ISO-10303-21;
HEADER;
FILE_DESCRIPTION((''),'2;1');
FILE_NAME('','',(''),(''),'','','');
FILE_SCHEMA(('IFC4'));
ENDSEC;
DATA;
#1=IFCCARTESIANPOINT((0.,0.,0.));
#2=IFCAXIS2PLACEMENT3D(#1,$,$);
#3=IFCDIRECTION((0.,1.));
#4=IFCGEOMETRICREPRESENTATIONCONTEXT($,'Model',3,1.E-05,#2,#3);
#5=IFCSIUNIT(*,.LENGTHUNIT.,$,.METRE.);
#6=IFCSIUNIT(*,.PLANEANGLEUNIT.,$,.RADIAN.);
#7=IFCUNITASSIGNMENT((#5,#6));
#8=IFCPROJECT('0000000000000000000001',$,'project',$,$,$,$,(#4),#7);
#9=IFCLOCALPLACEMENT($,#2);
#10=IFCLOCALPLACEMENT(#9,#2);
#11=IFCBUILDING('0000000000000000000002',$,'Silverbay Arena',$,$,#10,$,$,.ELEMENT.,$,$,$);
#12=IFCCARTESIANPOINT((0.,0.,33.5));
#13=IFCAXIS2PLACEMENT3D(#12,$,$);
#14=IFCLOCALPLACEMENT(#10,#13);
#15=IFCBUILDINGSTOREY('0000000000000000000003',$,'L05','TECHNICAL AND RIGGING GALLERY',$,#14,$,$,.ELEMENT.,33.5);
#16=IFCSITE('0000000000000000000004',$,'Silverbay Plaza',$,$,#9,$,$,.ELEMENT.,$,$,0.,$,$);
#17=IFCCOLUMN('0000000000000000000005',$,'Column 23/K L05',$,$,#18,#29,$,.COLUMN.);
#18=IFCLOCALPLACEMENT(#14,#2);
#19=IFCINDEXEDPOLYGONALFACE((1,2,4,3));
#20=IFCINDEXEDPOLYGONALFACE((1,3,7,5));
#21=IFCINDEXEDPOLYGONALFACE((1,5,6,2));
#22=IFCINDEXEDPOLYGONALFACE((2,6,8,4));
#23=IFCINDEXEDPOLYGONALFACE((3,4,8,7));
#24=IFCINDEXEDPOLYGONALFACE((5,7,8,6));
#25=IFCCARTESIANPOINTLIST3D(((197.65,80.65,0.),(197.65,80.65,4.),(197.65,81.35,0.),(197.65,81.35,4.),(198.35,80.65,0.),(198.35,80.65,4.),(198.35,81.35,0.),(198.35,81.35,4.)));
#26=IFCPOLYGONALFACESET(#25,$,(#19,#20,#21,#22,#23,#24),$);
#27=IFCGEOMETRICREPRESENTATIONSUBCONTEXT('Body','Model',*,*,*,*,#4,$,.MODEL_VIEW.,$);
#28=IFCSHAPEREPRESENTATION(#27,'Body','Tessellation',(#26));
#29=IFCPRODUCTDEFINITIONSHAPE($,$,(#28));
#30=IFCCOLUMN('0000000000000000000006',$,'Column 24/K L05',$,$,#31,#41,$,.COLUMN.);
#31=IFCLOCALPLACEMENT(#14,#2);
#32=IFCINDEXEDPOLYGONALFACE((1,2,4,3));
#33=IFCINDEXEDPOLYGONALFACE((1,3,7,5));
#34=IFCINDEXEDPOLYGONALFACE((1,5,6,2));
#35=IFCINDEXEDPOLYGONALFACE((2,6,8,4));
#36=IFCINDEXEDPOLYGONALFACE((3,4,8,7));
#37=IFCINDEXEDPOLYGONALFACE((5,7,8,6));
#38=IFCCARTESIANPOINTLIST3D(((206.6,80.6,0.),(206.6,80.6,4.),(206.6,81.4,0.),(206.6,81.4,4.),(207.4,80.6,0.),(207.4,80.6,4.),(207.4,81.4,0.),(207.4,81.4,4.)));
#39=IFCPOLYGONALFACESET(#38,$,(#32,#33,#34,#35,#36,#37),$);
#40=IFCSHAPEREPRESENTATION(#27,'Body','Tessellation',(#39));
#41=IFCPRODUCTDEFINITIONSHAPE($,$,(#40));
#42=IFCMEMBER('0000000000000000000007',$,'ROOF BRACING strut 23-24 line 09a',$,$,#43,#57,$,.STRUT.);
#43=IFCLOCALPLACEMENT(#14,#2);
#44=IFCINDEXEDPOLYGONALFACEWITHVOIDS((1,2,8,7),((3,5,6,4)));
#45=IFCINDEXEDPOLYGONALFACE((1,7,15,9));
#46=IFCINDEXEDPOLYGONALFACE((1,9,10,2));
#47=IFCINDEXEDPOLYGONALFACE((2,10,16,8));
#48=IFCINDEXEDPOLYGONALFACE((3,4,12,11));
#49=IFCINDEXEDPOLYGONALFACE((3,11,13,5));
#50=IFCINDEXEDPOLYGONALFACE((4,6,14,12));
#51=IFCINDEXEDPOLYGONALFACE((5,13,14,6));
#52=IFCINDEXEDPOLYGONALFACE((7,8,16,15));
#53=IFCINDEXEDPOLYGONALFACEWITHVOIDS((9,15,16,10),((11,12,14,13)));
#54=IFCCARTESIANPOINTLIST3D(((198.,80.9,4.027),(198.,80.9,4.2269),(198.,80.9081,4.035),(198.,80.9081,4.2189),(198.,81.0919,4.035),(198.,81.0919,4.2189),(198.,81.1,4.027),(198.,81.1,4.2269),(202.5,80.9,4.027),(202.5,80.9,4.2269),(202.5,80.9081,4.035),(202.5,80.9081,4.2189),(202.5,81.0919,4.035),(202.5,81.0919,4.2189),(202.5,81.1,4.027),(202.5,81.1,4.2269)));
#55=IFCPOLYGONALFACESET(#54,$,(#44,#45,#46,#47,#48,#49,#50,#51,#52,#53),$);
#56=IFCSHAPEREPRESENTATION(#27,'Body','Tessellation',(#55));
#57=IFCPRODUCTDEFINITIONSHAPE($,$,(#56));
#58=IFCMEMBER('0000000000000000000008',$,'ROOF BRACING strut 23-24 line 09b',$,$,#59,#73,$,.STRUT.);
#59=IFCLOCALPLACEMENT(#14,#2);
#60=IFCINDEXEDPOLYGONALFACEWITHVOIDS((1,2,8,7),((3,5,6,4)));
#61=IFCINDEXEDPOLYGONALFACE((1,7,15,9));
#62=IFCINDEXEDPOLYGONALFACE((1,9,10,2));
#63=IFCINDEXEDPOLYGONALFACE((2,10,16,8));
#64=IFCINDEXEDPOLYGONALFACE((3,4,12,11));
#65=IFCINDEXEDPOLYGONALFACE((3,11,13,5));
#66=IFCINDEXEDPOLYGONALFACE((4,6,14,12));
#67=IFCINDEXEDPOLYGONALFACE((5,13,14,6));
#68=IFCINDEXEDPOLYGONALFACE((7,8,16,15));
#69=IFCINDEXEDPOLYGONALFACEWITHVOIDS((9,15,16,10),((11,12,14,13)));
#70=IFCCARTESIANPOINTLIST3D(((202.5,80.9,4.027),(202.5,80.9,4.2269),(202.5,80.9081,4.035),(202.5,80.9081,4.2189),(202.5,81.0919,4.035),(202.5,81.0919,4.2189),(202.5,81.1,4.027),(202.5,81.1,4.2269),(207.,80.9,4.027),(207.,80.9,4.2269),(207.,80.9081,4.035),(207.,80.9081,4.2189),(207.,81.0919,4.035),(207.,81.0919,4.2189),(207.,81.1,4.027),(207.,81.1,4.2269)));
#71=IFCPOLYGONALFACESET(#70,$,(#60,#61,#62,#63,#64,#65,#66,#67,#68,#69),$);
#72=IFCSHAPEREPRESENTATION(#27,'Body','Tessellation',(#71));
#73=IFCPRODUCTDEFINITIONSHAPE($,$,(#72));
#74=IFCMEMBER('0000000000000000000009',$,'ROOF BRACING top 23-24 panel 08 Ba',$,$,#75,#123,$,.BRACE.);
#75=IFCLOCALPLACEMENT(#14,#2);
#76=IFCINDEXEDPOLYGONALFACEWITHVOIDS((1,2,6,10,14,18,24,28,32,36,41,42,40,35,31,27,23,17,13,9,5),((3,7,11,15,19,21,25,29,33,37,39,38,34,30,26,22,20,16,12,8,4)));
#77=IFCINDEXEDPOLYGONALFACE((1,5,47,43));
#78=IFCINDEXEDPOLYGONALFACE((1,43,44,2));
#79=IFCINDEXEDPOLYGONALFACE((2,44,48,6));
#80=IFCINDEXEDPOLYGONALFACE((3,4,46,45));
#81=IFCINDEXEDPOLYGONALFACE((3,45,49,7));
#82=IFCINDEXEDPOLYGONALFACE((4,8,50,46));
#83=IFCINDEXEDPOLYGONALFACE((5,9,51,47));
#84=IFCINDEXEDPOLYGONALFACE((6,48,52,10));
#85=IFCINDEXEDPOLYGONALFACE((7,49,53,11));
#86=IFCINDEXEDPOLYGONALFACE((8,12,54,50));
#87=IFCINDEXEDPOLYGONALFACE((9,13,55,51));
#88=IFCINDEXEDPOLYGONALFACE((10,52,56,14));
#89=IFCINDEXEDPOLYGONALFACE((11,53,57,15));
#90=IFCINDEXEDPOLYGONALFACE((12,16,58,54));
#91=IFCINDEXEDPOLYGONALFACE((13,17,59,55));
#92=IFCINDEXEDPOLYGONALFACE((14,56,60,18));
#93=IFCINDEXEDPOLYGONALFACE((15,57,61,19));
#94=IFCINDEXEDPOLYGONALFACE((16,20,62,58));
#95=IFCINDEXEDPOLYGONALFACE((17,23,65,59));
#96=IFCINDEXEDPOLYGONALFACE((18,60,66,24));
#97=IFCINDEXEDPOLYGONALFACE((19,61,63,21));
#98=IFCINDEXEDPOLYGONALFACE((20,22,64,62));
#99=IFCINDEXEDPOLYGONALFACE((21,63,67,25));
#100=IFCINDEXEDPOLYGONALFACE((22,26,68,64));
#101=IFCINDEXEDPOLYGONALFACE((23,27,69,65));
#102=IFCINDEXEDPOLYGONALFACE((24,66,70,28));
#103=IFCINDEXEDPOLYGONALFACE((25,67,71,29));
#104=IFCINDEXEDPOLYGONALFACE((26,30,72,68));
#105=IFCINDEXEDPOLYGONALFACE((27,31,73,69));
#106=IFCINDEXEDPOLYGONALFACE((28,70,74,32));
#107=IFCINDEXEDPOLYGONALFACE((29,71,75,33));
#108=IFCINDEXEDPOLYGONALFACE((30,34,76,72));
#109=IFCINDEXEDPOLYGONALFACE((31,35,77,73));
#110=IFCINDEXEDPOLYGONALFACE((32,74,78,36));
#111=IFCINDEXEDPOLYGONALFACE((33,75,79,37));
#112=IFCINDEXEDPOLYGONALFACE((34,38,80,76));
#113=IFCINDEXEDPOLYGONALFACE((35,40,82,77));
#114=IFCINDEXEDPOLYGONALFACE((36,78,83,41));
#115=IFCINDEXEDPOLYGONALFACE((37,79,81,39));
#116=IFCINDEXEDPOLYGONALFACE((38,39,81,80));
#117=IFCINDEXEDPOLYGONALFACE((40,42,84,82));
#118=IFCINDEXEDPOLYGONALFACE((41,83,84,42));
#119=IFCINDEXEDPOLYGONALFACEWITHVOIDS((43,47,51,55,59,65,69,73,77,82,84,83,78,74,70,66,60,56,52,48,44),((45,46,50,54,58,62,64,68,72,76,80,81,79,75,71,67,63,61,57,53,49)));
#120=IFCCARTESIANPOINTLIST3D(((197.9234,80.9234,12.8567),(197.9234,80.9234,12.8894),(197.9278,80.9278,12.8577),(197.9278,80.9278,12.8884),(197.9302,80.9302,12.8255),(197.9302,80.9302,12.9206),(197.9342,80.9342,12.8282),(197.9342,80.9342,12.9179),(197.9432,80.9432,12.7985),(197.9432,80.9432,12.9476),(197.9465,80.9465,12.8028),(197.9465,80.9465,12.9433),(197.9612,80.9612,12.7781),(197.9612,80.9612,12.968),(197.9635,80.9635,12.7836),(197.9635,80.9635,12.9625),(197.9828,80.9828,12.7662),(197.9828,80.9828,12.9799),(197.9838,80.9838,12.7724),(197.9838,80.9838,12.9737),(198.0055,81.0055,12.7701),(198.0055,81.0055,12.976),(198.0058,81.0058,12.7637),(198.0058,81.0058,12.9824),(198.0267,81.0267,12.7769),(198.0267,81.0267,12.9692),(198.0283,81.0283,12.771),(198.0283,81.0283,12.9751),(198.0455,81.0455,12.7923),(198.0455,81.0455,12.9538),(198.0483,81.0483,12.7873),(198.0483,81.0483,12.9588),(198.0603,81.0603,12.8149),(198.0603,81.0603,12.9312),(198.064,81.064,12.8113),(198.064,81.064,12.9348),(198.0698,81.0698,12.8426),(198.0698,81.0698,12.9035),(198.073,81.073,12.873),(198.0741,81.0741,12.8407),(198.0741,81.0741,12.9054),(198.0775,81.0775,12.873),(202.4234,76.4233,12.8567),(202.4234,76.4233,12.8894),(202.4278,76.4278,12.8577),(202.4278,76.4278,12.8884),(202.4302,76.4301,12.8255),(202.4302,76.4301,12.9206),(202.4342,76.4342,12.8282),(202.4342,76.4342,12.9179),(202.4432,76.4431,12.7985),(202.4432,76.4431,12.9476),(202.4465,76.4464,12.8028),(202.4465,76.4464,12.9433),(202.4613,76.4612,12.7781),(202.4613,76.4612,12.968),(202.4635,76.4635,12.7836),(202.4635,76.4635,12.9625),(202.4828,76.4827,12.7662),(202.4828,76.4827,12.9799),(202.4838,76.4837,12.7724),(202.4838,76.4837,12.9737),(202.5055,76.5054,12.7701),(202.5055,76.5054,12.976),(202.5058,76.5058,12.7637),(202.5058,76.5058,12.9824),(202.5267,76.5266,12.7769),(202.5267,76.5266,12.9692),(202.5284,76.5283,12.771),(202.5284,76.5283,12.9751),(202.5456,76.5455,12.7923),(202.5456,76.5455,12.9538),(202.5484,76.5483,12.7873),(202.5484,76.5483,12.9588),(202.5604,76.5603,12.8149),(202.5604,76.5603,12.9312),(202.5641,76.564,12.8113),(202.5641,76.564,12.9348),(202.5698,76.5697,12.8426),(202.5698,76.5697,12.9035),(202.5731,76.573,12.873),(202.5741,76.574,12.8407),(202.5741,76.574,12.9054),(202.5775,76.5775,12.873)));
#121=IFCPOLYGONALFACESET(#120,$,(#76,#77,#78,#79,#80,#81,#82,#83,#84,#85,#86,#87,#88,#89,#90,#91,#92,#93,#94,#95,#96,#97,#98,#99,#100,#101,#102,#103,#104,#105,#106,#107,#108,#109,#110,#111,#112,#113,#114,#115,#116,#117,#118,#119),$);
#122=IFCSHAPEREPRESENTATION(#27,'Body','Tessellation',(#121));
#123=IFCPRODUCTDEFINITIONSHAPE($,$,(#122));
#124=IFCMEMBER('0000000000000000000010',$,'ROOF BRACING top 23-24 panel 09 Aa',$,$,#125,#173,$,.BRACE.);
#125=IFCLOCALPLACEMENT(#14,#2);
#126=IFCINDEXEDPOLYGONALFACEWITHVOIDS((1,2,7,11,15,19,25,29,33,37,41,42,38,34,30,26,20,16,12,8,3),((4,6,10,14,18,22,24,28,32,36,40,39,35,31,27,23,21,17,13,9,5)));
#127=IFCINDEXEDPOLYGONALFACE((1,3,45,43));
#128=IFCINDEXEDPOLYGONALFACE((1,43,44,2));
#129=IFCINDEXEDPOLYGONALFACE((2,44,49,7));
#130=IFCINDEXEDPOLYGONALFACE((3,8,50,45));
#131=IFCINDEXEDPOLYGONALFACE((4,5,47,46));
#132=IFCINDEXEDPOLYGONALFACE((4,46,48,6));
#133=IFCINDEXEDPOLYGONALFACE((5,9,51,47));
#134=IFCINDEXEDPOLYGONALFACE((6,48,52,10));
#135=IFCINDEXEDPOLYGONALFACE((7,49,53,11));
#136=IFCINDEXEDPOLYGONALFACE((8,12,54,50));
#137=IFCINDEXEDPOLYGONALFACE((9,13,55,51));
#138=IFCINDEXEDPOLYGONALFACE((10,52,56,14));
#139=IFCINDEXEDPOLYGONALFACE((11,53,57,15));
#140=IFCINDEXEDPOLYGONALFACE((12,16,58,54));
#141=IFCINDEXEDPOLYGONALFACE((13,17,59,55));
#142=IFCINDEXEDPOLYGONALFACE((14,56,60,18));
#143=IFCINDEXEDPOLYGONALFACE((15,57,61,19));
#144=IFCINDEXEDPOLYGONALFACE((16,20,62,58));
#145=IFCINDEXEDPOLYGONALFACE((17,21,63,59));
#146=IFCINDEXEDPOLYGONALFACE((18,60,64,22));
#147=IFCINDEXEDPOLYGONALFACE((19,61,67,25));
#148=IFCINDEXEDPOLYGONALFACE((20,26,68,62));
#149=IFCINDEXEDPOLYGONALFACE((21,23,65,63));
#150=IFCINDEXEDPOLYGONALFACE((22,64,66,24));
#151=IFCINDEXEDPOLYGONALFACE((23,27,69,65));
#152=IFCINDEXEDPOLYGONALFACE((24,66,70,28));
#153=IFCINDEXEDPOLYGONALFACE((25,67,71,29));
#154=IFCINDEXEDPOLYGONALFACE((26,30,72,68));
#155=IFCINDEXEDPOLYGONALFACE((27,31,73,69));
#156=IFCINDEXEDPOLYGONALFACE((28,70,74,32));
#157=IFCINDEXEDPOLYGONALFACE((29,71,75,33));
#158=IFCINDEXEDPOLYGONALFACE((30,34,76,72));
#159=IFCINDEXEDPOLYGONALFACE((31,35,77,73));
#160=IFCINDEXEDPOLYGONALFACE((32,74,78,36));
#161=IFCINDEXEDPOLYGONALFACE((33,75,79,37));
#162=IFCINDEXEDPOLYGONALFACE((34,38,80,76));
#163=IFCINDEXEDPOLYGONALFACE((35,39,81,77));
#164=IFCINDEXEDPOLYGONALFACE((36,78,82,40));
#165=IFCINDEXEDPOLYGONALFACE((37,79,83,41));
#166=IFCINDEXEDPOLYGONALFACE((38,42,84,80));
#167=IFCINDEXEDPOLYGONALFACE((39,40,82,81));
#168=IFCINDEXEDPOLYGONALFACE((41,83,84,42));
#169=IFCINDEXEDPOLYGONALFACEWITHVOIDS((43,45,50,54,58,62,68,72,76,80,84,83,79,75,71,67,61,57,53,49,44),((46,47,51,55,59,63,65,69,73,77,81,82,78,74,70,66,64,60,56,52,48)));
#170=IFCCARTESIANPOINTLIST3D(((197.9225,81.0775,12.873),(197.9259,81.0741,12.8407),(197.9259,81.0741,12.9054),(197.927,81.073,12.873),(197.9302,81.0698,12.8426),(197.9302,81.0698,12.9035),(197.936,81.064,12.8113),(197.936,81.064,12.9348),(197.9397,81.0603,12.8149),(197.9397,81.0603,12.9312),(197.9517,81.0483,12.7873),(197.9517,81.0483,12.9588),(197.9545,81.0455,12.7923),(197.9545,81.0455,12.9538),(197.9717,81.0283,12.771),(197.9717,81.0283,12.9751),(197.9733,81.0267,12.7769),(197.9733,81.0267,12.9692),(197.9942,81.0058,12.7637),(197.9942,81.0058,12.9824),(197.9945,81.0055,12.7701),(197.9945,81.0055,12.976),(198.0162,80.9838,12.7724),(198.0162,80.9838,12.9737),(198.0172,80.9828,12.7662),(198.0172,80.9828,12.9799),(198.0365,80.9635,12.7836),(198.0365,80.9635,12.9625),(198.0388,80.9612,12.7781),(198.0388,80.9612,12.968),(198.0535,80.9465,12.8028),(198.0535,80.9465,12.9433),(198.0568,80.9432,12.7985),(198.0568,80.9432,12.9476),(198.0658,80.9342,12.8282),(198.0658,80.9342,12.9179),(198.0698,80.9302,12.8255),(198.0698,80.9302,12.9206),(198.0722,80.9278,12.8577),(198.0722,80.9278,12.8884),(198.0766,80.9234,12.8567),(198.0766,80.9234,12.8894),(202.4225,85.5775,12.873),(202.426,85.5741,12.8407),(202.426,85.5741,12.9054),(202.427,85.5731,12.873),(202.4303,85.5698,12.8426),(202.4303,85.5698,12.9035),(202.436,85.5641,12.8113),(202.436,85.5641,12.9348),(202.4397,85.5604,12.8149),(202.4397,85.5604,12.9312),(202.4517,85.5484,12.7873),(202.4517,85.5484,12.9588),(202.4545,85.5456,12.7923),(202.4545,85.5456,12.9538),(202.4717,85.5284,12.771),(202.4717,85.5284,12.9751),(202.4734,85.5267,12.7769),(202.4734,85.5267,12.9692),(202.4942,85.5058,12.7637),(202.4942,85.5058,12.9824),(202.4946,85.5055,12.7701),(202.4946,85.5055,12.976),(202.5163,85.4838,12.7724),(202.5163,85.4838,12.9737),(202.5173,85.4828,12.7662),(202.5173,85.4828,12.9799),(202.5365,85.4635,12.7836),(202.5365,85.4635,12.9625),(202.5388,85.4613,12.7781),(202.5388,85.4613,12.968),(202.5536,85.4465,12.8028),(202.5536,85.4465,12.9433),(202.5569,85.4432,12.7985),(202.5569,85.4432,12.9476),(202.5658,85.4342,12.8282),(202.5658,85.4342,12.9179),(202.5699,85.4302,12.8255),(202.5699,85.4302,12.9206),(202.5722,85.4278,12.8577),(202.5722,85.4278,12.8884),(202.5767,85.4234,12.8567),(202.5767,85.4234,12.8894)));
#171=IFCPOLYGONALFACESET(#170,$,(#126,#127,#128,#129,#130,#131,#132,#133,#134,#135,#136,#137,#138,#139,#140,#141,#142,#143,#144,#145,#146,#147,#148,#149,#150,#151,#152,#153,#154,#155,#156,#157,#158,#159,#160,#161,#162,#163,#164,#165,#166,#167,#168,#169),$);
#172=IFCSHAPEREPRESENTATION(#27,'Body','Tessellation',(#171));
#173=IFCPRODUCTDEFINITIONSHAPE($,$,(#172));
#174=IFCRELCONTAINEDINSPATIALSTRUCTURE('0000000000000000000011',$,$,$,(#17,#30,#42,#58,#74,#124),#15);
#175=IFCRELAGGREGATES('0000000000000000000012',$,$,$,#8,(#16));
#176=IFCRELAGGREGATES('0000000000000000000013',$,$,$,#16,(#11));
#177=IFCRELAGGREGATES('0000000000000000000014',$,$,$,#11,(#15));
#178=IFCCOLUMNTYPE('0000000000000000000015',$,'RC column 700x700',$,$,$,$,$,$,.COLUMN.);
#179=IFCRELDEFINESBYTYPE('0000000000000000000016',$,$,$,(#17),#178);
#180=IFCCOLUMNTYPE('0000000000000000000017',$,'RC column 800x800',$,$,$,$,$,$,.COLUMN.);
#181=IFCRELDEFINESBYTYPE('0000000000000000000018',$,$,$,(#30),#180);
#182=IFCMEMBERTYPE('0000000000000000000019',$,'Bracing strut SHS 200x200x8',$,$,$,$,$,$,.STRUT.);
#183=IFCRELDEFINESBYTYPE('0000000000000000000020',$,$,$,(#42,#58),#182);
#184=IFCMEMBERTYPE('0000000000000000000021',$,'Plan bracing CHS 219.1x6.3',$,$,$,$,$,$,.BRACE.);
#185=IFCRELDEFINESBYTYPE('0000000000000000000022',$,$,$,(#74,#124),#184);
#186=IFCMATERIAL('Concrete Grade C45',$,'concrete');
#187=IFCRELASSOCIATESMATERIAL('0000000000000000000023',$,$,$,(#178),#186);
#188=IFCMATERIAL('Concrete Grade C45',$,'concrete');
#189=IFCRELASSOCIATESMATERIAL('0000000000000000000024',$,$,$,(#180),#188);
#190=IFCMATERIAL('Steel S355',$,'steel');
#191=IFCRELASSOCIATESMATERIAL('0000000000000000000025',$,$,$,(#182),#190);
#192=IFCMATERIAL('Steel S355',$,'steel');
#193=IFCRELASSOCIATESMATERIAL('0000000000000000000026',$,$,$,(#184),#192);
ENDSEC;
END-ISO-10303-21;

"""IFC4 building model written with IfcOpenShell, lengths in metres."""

from ifc_helpers import new_model, si_unit, direction, frame, origin, origin_2d, place, context, subcontext, project, spatial, rectangle, hollow_rectangle, hollow_circle, extrude, material, material_profile, profile_set, type_object, element, save


model = new_model("IFC4")

# Units and contexts
model_context = context("Model", 3, precision=1e-05, world=origin(), true_north=direction((0.0, 1.0)))
body_context = subcontext(model_context, "Body", "Model", "MODEL_VIEW")
ifc_project = project(units=[si_unit("LENGTHUNIT", "METRE"), si_unit("PLANEANGLEUNIT", "RADIAN")], contexts=[model_context])

# Site, building, storey
site_placement = place(None, origin())
site = spatial("IfcSite", under=ifc_project, at=site_placement, Name="Silverbay Plaza", CompositionType="ELEMENT", RefElevation=0.0)
building_placement = place(site_placement, origin())
building = spatial("IfcBuilding", under=site, at=building_placement, Name="Silverbay Arena", CompositionType="ELEMENT")
storey_placement = place(building_placement, frame((0.0, 0.0, 33.5)))
storey = spatial("IfcBuildingStorey", under=building, at=storey_placement, Name="L05", Description="TECHNICAL AND RIGGING GALLERY", CompositionType="ELEMENT", Elevation=33.5)

# Columns
ifc_material_1 = material(Name="Concrete Grade C45", Category="concrete")
ifc_material_profile_1 = material_profile(ifc_material_1, rectangle(XDim=0.7, YDim=0.7, at=origin_2d()), Name="RC 700x700")
ifc_profile_set_1 = profile_set([ifc_material_profile_1], Name="Concrete Grade C45")
column_type_1 = type_object("IfcColumnType", Name="RC column 700x700", PredefinedType="COLUMN", material=ifc_profile_set_1)
column_1_placement = place(storey_placement, frame((198.0, 81.0, 0.0), z_axis=(0.0, 0.0, 1.0), x_axis=(1.0, 0.0, 0.0)))
element("IfcColumn", 1, at=column_1_placement, inside=storey, type_object=column_type_1, Name="Column 23/K L05", PredefinedType="COLUMN", context=body_context, shape_type="SweptSolid", body=[
    extrude(rectangle(XDim=0.7, YDim=0.7, at=origin_2d()), origin(), (0.0, 0.0, 1.0), 4.0),
])
ifc_material_2 = material(Name="Concrete Grade C45", Category="concrete")
ifc_material_profile_2 = material_profile(ifc_material_2, rectangle(XDim=0.8, YDim=0.8, at=origin_2d()), Name="RC 800x800")
ifc_profile_set_2 = profile_set([ifc_material_profile_2], Name="Concrete Grade C45")
column_type_2 = type_object("IfcColumnType", Name="RC column 800x800", PredefinedType="COLUMN", material=ifc_profile_set_2)
column_2_placement = place(storey_placement, frame((207.0, 81.0, 0.0), z_axis=(0.0, 0.0, 1.0), x_axis=(1.0, 0.0, 0.0)))
element("IfcColumn", 2, at=column_2_placement, inside=storey, type_object=column_type_2, Name="Column 24/K L05", PredefinedType="COLUMN", context=body_context, shape_type="SweptSolid", body=[
    extrude(rectangle(XDim=0.8, YDim=0.8, at=origin_2d()), origin(), (0.0, 0.0, 1.0), 4.0),
])

# Members
ifc_material_3 = material(Name="Steel S355", Category="steel")
ifc_material_profile_3 = material_profile(ifc_material_3, hollow_rectangle(XDim=0.2, YDim=0.2, WallThickness=0.0081, at=origin_2d()), Name="SHS 200x200x8")
ifc_profile_set_3 = profile_set([ifc_material_profile_3], Name="Steel S355")
member_type_1 = type_object("IfcMemberType", Name="Bracing strut SHS 200x200x8", PredefinedType="STRUT", material=ifc_profile_set_3)
for number, where, z_axis, x_axis, name in (
    (3, (198.0, 81.0, 4.127), (1.0, 0.0, 0.0), (0.0, 1.0, 0.0), "ROOF BRACING strut 23-24 line 09a"),
    (4, (202.5, 81.0, 4.127), (1.0, 0.0, 0.0), (0.0, 1.0, 0.0), "ROOF BRACING strut 23-24 line 09b"),
):
    element("IfcMember", number, at=place(storey_placement, frame(where, z_axis=z_axis, x_axis=x_axis)), inside=storey, type_object=member_type_1, Name=name, PredefinedType="STRUT", context=body_context, shape_type="SweptSolid", body=[
        extrude(hollow_rectangle(XDim=0.2, YDim=0.2, WallThickness=0.0081, at=origin_2d()), origin(), (0.0, 0.0, 1.0), 4.5),
    ])
ifc_material_4 = material(Name="Steel S355", Category="steel")
ifc_material_profile_4 = material_profile(ifc_material_4, hollow_circle(Radius=0.1096, WallThickness=0.0063, at=origin_2d()), Name="CHS 219.1x6.3")
ifc_profile_set_4 = profile_set([ifc_material_profile_4], Name="Steel S355")
member_type_2 = type_object("IfcMemberType", Name="Plan bracing CHS 219.1x6.3", PredefinedType="BRACE", material=ifc_profile_set_4)
for number, where, z_axis, x_axis, name in (
    (5, (198.0, 81.0, 12.873), (0.707107, -0.707107, 0.0), (0.707107, 0.707107, 0.0), "ROOF BRACING top 23-24 panel 08 Ba"),
    (6, (198.0, 81.0, 12.873), (0.707107, 0.707107, 0.0), (-0.707107, 0.707107, 0.0), "ROOF BRACING top 23-24 panel 09 Aa"),
):
    element("IfcMember", number, at=place(storey_placement, frame(where, z_axis=z_axis, x_axis=x_axis)), inside=storey, type_object=member_type_2, Name=name, PredefinedType="BRACE", context=body_context, shape_type="SweptSolid", body=[
        extrude(hollow_circle(Radius=0.1096, WallThickness=0.0063, at=origin_2d()), origin(), (0.0, 0.0, 1.0), 6.364),
    ])

save(model, "model.ifc")
